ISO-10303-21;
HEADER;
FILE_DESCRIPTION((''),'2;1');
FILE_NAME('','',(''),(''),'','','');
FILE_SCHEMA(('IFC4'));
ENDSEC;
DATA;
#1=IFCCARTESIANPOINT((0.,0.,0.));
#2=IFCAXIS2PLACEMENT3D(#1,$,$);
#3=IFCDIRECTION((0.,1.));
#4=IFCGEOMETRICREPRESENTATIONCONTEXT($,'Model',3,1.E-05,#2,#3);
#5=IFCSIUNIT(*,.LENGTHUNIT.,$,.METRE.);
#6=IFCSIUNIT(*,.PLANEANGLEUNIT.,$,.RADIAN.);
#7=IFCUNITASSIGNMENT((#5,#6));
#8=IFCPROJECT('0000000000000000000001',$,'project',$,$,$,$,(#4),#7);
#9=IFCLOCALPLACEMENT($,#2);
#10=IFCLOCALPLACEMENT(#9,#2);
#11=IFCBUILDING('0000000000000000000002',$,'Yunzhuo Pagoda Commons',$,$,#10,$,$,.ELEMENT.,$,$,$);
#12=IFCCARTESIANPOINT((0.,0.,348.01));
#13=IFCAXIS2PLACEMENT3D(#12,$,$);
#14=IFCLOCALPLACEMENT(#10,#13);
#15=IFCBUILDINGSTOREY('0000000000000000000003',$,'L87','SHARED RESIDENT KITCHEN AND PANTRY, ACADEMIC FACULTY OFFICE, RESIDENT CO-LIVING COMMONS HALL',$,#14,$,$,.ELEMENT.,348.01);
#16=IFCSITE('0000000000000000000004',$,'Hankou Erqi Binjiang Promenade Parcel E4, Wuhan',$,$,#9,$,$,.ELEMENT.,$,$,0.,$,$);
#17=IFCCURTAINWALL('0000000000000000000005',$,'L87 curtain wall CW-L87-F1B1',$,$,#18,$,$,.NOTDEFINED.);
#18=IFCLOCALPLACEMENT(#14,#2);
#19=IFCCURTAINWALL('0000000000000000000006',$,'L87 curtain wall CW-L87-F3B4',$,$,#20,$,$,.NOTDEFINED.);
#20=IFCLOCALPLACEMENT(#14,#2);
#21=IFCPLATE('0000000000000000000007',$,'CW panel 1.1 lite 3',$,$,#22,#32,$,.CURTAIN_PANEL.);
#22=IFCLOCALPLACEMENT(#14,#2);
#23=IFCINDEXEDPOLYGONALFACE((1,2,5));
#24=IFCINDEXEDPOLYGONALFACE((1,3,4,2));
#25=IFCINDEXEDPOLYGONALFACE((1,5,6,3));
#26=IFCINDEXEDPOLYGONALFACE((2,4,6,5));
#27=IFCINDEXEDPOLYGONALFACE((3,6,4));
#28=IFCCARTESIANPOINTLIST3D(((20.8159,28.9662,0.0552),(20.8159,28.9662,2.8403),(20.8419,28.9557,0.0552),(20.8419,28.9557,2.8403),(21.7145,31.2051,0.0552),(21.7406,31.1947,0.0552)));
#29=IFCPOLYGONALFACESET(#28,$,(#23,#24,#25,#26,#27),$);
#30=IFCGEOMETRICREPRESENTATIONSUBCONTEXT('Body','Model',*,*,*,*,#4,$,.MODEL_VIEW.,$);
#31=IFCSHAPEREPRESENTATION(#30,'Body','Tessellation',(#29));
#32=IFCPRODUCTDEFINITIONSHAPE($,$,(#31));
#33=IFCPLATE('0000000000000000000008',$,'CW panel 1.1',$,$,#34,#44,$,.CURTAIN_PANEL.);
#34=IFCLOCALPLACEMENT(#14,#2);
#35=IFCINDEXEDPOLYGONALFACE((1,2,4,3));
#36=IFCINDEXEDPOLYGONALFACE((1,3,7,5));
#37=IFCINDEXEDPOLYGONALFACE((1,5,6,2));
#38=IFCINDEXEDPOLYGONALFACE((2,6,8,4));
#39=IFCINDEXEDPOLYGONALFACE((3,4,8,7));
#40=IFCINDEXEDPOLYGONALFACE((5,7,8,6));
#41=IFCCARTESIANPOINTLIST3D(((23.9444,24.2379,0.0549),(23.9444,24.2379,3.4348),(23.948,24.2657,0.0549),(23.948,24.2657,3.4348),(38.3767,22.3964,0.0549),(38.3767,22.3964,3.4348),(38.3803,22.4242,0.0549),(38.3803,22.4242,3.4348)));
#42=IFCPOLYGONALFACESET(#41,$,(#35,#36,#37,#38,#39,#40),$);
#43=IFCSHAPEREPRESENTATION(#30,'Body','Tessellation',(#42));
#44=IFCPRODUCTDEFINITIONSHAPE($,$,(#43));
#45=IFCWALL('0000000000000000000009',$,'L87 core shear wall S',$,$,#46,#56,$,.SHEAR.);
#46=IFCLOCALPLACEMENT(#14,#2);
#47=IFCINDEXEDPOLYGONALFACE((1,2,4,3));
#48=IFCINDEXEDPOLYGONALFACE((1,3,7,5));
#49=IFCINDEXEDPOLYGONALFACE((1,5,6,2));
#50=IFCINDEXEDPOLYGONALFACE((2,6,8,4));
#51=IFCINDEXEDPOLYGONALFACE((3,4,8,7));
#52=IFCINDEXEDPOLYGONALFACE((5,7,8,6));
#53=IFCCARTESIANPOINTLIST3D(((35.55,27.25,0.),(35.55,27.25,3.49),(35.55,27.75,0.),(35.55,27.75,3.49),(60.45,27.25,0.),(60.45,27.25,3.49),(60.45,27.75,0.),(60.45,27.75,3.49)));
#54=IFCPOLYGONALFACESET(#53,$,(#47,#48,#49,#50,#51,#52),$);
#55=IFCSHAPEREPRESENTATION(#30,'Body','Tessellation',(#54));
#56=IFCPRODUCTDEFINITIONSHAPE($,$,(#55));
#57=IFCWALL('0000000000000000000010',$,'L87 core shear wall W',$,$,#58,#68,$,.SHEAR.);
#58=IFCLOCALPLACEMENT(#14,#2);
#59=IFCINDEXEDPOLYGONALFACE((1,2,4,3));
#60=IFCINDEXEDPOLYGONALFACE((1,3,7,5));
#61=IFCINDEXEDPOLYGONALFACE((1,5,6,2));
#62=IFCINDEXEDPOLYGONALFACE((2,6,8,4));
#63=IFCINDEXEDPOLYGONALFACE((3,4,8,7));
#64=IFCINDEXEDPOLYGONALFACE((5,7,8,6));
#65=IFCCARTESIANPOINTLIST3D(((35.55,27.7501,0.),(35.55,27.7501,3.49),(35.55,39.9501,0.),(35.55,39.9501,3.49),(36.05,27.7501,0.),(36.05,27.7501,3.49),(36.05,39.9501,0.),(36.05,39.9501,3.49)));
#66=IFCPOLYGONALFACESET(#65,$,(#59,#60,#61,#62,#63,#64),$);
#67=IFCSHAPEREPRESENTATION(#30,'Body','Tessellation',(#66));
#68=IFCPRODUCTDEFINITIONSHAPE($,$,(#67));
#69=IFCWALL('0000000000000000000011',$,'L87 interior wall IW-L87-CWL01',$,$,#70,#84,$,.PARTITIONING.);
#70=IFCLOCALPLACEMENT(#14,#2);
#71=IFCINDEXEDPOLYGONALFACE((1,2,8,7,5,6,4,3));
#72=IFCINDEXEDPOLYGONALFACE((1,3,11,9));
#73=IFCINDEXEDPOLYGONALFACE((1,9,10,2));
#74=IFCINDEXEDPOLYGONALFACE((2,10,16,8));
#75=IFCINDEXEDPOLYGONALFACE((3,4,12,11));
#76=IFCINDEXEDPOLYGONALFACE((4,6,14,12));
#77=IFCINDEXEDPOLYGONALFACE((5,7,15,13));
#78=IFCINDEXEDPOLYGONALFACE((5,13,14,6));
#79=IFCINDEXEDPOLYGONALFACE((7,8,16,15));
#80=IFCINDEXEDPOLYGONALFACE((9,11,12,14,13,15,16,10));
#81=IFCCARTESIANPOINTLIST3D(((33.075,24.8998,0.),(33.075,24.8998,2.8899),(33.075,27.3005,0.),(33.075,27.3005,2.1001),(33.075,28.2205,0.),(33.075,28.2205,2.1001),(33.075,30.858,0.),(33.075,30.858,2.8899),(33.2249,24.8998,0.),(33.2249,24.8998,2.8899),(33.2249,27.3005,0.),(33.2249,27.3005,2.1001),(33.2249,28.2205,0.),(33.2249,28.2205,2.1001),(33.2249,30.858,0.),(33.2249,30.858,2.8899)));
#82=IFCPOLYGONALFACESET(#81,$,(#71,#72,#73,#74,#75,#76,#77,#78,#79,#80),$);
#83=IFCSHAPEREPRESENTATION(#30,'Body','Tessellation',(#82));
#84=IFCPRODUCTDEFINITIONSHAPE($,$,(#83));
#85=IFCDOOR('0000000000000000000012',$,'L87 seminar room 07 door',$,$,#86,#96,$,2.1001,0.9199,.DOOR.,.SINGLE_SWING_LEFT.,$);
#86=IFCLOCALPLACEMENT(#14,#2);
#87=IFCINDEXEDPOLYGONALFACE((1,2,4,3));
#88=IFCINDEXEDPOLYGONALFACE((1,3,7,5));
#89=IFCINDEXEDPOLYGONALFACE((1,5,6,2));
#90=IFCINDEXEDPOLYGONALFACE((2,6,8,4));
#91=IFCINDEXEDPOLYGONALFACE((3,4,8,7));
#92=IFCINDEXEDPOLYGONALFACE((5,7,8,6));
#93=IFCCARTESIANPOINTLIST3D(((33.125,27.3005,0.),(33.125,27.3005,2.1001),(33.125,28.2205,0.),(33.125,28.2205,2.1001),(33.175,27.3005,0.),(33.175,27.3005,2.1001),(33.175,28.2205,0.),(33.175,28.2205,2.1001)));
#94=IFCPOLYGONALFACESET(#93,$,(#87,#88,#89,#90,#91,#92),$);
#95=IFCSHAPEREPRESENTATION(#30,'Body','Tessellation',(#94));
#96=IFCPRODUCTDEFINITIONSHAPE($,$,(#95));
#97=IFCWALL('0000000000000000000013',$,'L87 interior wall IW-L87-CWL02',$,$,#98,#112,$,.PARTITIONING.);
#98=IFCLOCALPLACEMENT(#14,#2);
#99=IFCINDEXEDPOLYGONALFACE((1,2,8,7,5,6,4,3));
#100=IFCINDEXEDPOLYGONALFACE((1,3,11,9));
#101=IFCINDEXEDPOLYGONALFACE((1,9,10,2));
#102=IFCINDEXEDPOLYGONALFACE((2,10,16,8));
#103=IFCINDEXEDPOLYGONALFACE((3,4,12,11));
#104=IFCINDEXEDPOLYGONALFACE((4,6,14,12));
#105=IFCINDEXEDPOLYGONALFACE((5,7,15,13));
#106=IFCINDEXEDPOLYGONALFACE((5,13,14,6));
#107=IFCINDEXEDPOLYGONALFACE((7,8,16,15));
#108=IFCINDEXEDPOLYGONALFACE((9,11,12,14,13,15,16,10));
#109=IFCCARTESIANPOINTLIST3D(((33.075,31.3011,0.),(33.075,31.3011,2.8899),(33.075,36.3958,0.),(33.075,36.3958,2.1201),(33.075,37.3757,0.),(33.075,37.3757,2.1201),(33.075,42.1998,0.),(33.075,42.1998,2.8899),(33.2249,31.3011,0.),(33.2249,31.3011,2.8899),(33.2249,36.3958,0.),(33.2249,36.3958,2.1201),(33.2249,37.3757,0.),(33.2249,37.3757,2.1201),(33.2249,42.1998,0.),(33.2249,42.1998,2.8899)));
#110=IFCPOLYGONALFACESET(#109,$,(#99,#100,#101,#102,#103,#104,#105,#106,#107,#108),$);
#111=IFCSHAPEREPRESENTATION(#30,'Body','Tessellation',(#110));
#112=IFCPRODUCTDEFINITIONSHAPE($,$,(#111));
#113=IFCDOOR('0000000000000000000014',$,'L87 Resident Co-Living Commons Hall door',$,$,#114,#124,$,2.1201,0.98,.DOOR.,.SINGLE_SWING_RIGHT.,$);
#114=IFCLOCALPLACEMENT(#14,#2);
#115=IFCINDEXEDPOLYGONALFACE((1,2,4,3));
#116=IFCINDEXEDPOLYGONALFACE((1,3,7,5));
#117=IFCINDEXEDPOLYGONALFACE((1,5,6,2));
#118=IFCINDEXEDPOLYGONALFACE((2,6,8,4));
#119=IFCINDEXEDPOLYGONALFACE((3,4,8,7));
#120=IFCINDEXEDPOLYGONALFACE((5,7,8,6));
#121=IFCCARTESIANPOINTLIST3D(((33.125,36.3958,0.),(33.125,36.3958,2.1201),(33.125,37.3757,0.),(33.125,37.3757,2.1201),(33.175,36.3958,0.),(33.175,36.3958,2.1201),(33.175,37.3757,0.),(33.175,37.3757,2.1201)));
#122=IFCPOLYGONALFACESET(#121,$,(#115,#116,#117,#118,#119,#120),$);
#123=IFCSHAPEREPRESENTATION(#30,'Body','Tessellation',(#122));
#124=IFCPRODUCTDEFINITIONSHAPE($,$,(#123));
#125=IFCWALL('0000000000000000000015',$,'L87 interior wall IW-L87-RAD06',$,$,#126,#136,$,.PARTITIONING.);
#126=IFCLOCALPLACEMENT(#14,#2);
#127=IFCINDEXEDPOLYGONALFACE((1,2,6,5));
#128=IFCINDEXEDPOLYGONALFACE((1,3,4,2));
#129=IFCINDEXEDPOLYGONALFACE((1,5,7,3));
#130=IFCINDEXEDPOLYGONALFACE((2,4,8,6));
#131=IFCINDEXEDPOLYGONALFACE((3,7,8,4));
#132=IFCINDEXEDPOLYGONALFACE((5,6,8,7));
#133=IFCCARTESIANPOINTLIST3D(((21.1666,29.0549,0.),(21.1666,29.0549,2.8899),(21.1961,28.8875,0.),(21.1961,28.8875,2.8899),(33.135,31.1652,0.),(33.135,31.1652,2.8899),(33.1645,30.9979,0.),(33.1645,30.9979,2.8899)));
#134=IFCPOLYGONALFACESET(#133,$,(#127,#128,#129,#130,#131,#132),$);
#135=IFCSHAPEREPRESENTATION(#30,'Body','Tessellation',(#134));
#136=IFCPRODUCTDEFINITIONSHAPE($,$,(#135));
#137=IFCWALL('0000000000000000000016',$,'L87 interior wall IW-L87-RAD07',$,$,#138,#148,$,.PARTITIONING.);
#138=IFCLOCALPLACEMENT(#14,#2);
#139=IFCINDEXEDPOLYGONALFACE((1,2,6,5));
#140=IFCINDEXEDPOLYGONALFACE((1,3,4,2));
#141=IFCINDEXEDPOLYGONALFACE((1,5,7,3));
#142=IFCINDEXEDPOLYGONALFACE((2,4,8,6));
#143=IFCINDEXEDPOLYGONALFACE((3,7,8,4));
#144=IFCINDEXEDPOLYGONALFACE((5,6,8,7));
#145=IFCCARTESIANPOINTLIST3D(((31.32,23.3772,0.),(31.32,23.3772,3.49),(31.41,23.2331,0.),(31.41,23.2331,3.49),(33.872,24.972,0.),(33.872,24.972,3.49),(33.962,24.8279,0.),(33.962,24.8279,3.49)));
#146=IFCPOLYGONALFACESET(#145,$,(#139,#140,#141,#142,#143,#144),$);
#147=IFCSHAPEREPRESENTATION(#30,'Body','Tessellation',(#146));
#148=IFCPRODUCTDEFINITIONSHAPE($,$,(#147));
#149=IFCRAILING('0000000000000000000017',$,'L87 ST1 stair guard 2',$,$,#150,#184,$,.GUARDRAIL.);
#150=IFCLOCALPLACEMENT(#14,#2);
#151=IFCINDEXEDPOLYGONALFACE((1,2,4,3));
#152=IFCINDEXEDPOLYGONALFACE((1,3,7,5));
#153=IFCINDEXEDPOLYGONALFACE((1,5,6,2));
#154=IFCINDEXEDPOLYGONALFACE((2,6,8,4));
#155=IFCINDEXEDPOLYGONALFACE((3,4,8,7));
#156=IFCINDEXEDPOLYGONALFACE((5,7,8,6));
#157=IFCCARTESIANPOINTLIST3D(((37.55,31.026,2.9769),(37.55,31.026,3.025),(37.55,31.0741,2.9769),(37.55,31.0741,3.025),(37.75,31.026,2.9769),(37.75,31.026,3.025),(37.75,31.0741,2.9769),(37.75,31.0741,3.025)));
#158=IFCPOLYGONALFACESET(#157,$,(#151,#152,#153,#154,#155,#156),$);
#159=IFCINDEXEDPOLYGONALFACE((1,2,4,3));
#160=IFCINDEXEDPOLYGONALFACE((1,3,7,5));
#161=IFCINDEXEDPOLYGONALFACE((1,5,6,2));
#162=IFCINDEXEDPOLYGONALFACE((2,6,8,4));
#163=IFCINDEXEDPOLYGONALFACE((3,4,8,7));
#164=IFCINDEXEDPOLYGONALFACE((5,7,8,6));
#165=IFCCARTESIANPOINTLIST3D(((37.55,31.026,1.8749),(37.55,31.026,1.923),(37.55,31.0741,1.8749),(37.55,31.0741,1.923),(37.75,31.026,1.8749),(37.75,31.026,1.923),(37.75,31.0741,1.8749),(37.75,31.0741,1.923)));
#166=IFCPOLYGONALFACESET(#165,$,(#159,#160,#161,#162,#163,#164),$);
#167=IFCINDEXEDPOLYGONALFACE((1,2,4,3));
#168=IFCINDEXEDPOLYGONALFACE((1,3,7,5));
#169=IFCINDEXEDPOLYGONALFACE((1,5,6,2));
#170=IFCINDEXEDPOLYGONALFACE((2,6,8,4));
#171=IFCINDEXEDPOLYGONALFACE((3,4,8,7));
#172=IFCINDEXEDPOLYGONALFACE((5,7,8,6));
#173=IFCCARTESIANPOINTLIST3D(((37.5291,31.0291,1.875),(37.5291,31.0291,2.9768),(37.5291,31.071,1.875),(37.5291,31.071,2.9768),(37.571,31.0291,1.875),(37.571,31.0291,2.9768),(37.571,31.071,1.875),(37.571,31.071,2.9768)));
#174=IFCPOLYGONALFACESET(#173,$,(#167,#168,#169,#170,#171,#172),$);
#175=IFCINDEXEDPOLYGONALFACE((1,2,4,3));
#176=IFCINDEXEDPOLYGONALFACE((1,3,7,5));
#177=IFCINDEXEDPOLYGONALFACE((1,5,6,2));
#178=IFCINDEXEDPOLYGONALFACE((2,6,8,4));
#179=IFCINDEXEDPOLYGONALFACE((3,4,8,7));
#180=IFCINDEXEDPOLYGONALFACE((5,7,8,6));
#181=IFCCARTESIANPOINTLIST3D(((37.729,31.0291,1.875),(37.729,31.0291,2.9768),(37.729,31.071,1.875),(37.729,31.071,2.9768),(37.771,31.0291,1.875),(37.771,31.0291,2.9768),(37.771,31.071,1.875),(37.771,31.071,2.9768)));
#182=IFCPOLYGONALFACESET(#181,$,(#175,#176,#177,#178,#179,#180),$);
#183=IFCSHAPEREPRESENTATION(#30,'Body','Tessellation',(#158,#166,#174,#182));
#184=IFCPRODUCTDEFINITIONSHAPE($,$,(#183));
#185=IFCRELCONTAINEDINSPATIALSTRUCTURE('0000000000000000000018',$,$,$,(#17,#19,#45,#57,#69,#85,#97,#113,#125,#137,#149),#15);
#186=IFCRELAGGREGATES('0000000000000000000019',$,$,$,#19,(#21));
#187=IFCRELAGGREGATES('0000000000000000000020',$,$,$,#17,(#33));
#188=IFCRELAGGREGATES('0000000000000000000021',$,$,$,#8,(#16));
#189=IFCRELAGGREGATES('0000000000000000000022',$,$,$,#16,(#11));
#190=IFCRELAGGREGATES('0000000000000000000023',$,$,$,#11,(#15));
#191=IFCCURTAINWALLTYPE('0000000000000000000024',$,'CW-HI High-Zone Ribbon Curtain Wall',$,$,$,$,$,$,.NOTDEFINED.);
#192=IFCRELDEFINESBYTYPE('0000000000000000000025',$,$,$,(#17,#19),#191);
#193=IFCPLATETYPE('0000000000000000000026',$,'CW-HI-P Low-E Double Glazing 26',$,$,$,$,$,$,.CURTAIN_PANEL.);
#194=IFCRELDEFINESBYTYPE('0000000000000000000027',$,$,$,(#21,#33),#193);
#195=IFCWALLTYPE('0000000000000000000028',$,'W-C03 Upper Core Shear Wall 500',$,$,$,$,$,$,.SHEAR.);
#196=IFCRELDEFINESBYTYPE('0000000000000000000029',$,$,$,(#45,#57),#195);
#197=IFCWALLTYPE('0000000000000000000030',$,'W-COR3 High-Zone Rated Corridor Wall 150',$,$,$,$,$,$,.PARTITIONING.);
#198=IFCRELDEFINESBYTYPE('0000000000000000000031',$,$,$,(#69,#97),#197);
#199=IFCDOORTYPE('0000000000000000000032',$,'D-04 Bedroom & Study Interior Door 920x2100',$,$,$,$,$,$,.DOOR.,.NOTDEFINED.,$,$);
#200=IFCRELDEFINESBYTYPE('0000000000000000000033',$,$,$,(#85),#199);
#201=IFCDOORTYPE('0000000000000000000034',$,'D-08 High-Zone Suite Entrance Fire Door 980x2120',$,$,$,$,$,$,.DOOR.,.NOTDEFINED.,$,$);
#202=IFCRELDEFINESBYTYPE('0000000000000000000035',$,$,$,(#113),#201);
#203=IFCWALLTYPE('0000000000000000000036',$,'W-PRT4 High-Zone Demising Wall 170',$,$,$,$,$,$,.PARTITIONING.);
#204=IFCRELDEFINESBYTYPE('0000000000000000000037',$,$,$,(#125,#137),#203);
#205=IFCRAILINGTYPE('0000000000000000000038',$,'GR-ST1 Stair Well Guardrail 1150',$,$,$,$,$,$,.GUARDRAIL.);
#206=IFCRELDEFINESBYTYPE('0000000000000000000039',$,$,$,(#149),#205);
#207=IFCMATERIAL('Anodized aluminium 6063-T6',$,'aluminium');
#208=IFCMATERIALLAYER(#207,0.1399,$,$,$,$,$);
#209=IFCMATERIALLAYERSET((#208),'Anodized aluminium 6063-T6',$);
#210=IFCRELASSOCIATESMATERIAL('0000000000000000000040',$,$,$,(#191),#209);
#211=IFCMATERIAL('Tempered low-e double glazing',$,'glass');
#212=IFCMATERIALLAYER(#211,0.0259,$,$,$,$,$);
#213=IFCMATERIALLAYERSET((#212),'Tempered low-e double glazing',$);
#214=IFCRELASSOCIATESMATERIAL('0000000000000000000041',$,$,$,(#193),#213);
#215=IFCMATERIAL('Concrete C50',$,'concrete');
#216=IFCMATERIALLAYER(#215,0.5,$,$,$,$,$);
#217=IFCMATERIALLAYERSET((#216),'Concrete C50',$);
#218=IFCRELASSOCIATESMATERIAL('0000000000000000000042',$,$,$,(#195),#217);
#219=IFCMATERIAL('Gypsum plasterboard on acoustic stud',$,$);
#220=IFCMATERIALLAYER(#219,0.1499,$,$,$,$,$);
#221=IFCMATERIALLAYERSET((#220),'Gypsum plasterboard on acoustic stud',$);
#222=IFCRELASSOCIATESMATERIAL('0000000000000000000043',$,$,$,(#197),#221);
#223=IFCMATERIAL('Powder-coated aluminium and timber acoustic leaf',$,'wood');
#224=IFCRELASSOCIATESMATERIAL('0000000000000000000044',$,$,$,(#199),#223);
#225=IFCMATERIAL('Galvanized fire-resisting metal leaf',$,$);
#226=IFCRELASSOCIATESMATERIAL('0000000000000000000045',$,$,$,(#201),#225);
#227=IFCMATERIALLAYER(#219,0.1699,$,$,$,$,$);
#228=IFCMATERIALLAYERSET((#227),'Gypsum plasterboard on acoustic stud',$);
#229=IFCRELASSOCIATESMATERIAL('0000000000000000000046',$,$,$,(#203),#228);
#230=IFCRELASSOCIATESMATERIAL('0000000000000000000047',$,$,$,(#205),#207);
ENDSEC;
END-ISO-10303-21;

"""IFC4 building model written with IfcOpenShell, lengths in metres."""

from ifc_helpers import new_model, si_unit, direction, frame, frame_2d, origin, origin_with_axes, origin_2d, place, context, subcontext, project, spatial, polyline, rectangle, outline, extrude, source, transform, mapped, material, layer, layer_set, type_object, element, fill, aggregate, save


model = new_model("IFC4")

# Units and contexts
model_context = context("Model", 3, precision=1e-05, world=origin(), true_north=direction((0.0, 1.0)))
body_context = subcontext(model_context, "Body", "Model", "MODEL_VIEW")
ifc_project = project(units=[si_unit("LENGTHUNIT", "METRE"), si_unit("PLANEANGLEUNIT", "RADIAN")], contexts=[model_context])

# Site, building, storey
site_placement = place(None, origin())
site = spatial("IfcSite", under=ifc_project, at=site_placement, Name="Hankou Erqi Binjiang Promenade Parcel E4, Wuhan", CompositionType="ELEMENT", RefElevation=0.0)
building_placement = place(site_placement, origin())
building = spatial("IfcBuilding", under=site, at=building_placement, Name="Yunzhuo Pagoda Commons", CompositionType="ELEMENT")
storey_placement = place(building_placement, frame((0.0, 0.0, 348.01)))
storey = spatial("IfcBuildingStorey", under=building, at=storey_placement, Name="L87", Description="SHARED RESIDENT KITCHEN AND PANTRY, ACADEMIC FACULTY OFFICE, RESIDENT CO-LIVING COMMONS HALL", CompositionType="ELEMENT", Elevation=348.01)

# Curtain wall
ifc_material_1 = material(Name="Anodized aluminium 6063-T6", Category="aluminium")
ifc_layer_1 = layer(ifc_material_1, 0.1399)
ifc_layer_set_1 = layer_set([ifc_layer_1], Name="Anodized aluminium 6063-T6")
curtain_wall_type = type_object("IfcCurtainWallType", Name="CW-HI High-Zone Ribbon Curtain Wall", PredefinedType="NOTDEFINED", material=ifc_layer_set_1)
curtain_wall_1_placement = place(storey_placement, origin())
curtain_wall_1 = element("IfcCurtainWall", 1, at=curtain_wall_1_placement, inside=storey, type_object=curtain_wall_type, Name="L87 curtain wall CW-L87-F1B1", PredefinedType="NOTDEFINED")

# Curtain wall, plate
curtain_wall_2_placement = place(storey_placement, origin())
curtain_wall_2 = element("IfcCurtainWall", 2, at=curtain_wall_2_placement, inside=storey, type_object=curtain_wall_type, Name="L87 curtain wall CW-L87-F3B4", PredefinedType="NOTDEFINED")
ifc_material_2 = material(Name="Tempered low-e double glazing", Category="glass")
ifc_layer_2 = layer(ifc_material_2, 0.0259)
ifc_layer_set_2 = layer_set([ifc_layer_2], Name="Tempered low-e double glazing")
plate_type = type_object("IfcPlateType", Name="CW-HI-P Low-E Double Glazing 26", PredefinedType="CURTAIN_PANEL", material=ifc_layer_set_2)
plate_1_placement = place(storey_placement, frame((21.2913, 30.0752, 1.4478), z_axis=(-0.928039, 0.372483, 0.0), x_axis=(-0.372483, -0.928039, 0.0)))
plate_1 = element("IfcPlate", 3, at=plate_1_placement, type_object=plate_type, Name="CW panel 1.1 lite 3", PredefinedType="CURTAIN_PANEL", context=body_context, shape_type="SweptSolid", body=[
    extrude(outline(polyline([(-1.2063, -1.3926), (1.2063, -1.3926), (1.2063, 1.3926), (-1.2063, -1.3926)])), origin(), (0.0, 0.0, 1.0), 0.0281),
])
aggregate(curtain_wall_2, [plate_1])

# Plate
shared_shape_1 = source(origin(), body_context, "Body", "SweptSolid", [
    extrude(rectangle(XDim=14.5493, YDim=0.0281, at=origin_2d()), origin(), (0.0, 0.0, 1.0), 3.3799),
])
plate_2_placement = place(storey_placement, frame((31.1624, 23.3311, 0.0549), z_axis=(0.0, 0.0, 1.0), x_axis=(0.991958, -0.126571, 0.0)))
plate_2 = element("IfcPlate", 4, at=plate_2_placement, type_object=plate_type, Name="CW panel 1.1", PredefinedType="CURTAIN_PANEL", context=body_context, shape_type="MappedRepresentation", body=[
    mapped(shared_shape_1, transform((0.0, 0.0, 0.0), scale=1.0)),
])
aggregate(curtain_wall_1, [plate_2])

# Walls
ifc_material_3 = material(Name="Concrete C50", Category="concrete")
ifc_layer_3 = layer(ifc_material_3, 0.5)
ifc_layer_set_3 = layer_set([ifc_layer_3], Name="Concrete C50")
wall_type_1 = type_object("IfcWallType", Name="W-C03 Upper Core Shear Wall 500", PredefinedType="SHEAR", material=ifc_layer_set_3)
wall_1_placement = place(storey_placement, frame((35.55, 27.5, 0.0), z_axis=(0.0, 0.0, 1.0), x_axis=(1.0, 0.0, 0.0)))
element("IfcWall", 5, at=wall_1_placement, inside=storey, type_object=wall_type_1, Name="L87 core shear wall S", PredefinedType="SHEAR", context=body_context, shape_type="SweptSolid", body=[
    extrude(rectangle(XDim=24.8999, YDim=0.5, at=frame_2d((12.45, 0.0))), origin(), (0.0, 0.0, 1.0), 3.49),
])
wall_2_placement = place(storey_placement, frame((35.8, 27.75, 0.0), z_axis=(0.0, 0.0, 1.0), x_axis=(0.0, 1.0, 0.0)))
element("IfcWall", 6, at=wall_2_placement, inside=storey, type_object=wall_type_1, Name="L87 core shear wall W", PredefinedType="SHEAR", context=body_context, shape_type="SweptSolid", body=[
    extrude(rectangle(XDim=12.2, YDim=0.5, at=frame_2d((6.1001, 0.0))), origin(), (0.0, 0.0, 1.0), 3.49),
])

# Walls, openings, doors
ifc_material_4 = material(Name="Gypsum plasterboard on acoustic stud")
ifc_layer_4 = layer(ifc_material_4, 0.1499)
ifc_layer_set_4 = layer_set([ifc_layer_4], Name="Gypsum plasterboard on acoustic stud")
wall_type_2 = type_object("IfcWallType", Name="W-COR3 High-Zone Rated Corridor Wall 150", PredefinedType="PARTITIONING", material=ifc_layer_set_4)
wall_3_placement = place(storey_placement, frame((33.1499, 24.8999, 0.0), z_axis=(0.0, 0.0, 1.0), x_axis=(0.0, 1.0, 0.0)))
wall_3 = element("IfcWall", 7, at=wall_3_placement, inside=storey, type_object=wall_type_2, Name="L87 interior wall IW-L87-CWL01", PredefinedType="PARTITIONING", context=body_context, shape_type="SweptSolid", body=[
    extrude(rectangle(XDim=5.9583, YDim=0.1499, at=frame_2d((2.979, 0.0))), origin(), (0.0, 0.0, 1.0), 2.8899),
])
opening_1_placement = place(wall_3_placement, frame((2.4006, 0.0, 0.0)))
opening_1 = element("IfcOpeningElement", 8, at=opening_1_placement, cuts=wall_3, PredefinedType="OPENING", context=body_context, shape_type="SweptSolid", body=[
    extrude(rectangle(XDim=0.9199, YDim=2.1001, at=frame_2d((0.46, 1.05))), frame((0.0, 0.085, 0.0), z_axis=(0.0, -1.0, 0.0), x_axis=(1.0, 0.0, 0.0)), (0.0, 0.0, 1.0), 0.1699),
])
ifc_material_5 = material(Name="Powder-coated aluminium and timber acoustic leaf", Category="wood")
door_type_1 = type_object("IfcDoorType", Name="D-04 Bedroom & Study Interior Door 920x2100", OperationType="NOTDEFINED", PredefinedType="DOOR", material=ifc_material_5)
shared_shape_2 = source(origin(), body_context, "Body", "SweptSolid", [
    extrude(rectangle(XDim=0.9199, YDim=2.1001, at=frame_2d((0.46, 1.05))), frame((0.0, 0.0249, 0.0), z_axis=(0.0, -1.0, 0.0), x_axis=(1.0, 0.0, 0.0)), (0.0, 0.0, 1.0), 0.05),
])
door_1_placement = place(opening_1_placement, origin_with_axes())
door_1 = element("IfcDoor", 9, at=door_1_placement, inside=storey, type_object=door_type_1, Name="L87 seminar room 07 door", OperationType="SINGLE_SWING_LEFT", OverallHeight=2.1001, OverallWidth=0.9199, PredefinedType="DOOR", context=body_context, shape_type="MappedRepresentation", body=[
    mapped(shared_shape_2, transform((0.0, 0.0, 0.0), scale=1.0)),
])
fill(opening_1, door_1)
wall_4_placement = place(storey_placement, frame((33.1499, 31.3013, 0.0), z_axis=(0.0, 0.0, 1.0), x_axis=(0.0, 1.0, 0.0)))
wall_4 = element("IfcWall", 10, at=wall_4_placement, inside=storey, type_object=wall_type_2, Name="L87 interior wall IW-L87-CWL02", PredefinedType="PARTITIONING", context=body_context, shape_type="SweptSolid", body=[
    extrude(rectangle(XDim=10.8987, YDim=0.1499, at=frame_2d((5.4492, 0.0))), origin(), (0.0, 0.0, 1.0), 2.8899),
])
opening_2_placement = place(wall_4_placement, frame((5.0945, 0.0, 0.0)))
opening_2 = element("IfcOpeningElement", 11, at=opening_2_placement, cuts=wall_4, PredefinedType="OPENING", context=body_context, shape_type="SweptSolid", body=[
    extrude(rectangle(XDim=0.98, YDim=2.1201, at=frame_2d((0.49, 1.0601))), frame((0.0, 0.085, 0.0), z_axis=(0.0, -1.0, 0.0), x_axis=(1.0, 0.0, 0.0)), (0.0, 0.0, 1.0), 0.1699),
])
ifc_material_6 = material(Name="Galvanized fire-resisting metal leaf")
door_type_2 = type_object("IfcDoorType", Name="D-08 High-Zone Suite Entrance Fire Door 980x2120", OperationType="NOTDEFINED", PredefinedType="DOOR", material=ifc_material_6)
shared_shape_3 = source(origin(), body_context, "Body", "SweptSolid", [
    extrude(rectangle(XDim=0.98, YDim=2.1201, at=frame_2d((0.49, 1.0601))), frame((0.0, 0.0249, 0.0), z_axis=(0.0, -1.0, 0.0), x_axis=(1.0, 0.0, 0.0)), (0.0, 0.0, 1.0), 0.05),
])
door_2_placement = place(opening_2_placement, origin_with_axes())
door_2 = element("IfcDoor", 12, at=door_2_placement, inside=storey, type_object=door_type_2, Name="L87 Resident Co-Living Commons Hall door", OperationType="SINGLE_SWING_RIGHT", OverallHeight=2.1201, OverallWidth=0.98, PredefinedType="DOOR", context=body_context, shape_type="MappedRepresentation", body=[
    mapped(shared_shape_3, transform((0.0, 0.0, 0.0), scale=1.0)),
])
fill(opening_2, door_2)

# Walls
ifc_layer_5 = layer(ifc_material_4, 0.1699)
ifc_layer_set_5 = layer_set([ifc_layer_5], Name="Gypsum plasterboard on acoustic stud")
wall_type_3 = type_object("IfcWallType", Name="W-PRT4 High-Zone Demising Wall 170", PredefinedType="PARTITIONING", material=ifc_layer_set_5)
wall_5_placement = place(storey_placement, frame((33.1499, 31.0815, 0.0), z_axis=(0.0, 0.0, 1.0), x_axis=(-0.984808, -0.173647, 0.0)))
element("IfcWall", 13, at=wall_5_placement, inside=storey, type_object=wall_type_3, Name="L87 interior wall IW-L87-RAD06", PredefinedType="PARTITIONING", context=body_context, shape_type="SweptSolid", body=[
    extrude(rectangle(XDim=12.1531, YDim=0.1699, at=frame_2d((6.0767, 0.0))), origin(), (0.0, 0.0, 1.0), 2.8899),
])
wall_6_placement = place(storey_placement, frame((33.917, 24.8999, 0.0), z_axis=(0.0, 0.0, 1.0), x_axis=(-0.848039, -0.529933, 0.0)))
element("IfcWall", 14, at=wall_6_placement, inside=storey, type_object=wall_type_3, Name="L87 interior wall IW-L87-RAD07", PredefinedType="PARTITIONING", context=body_context, shape_type="SweptSolid", body=[
    extrude(rectangle(XDim=3.0093, YDim=0.1699, at=frame_2d((1.5046, 0.0))), origin(), (0.0, 0.0, 1.0), 3.49),
])

# Railing
railing_type = type_object("IfcRailingType", Name="GR-ST1 Stair Well Guardrail 1150", PredefinedType="GUARDRAIL", material=ifc_material_1)
railing_1_placement = place(storey_placement, frame((37.55, 31.05, 1.875)))
element("IfcRailing", 15, at=railing_1_placement, inside=storey, type_object=railing_type, Name="L87 ST1 stair guard 2", PredefinedType="GUARDRAIL", context=body_context, shape_type="SweptSolid", body=[
    extrude(rectangle(XDim=0.0481, YDim=0.0481, at=origin_2d()), frame((0.0, 0.0, 1.126), z_axis=(1.0, 0.0, 0.0), x_axis=(0.0, 1.0, 0.0)), (0.0, 0.0, 1.0), 0.2),
    extrude(rectangle(XDim=0.0481, YDim=0.0481, at=origin_2d()), frame((0.0, 0.0, 0.0239), z_axis=(1.0, 0.0, 0.0), x_axis=(0.0, 1.0, 0.0)), (0.0, 0.0, 1.0), 0.2),
    extrude(rectangle(XDim=0.042, YDim=0.042, at=origin_2d()), origin(), (0.0, 0.0, 1.0), 1.1018),
    extrude(rectangle(XDim=0.042, YDim=0.042, at=origin_2d()), frame((0.2, 0.0, 0.0)), (0.0, 0.0, 1.0), 1.1018),
])

save(model, "model.ifc")
